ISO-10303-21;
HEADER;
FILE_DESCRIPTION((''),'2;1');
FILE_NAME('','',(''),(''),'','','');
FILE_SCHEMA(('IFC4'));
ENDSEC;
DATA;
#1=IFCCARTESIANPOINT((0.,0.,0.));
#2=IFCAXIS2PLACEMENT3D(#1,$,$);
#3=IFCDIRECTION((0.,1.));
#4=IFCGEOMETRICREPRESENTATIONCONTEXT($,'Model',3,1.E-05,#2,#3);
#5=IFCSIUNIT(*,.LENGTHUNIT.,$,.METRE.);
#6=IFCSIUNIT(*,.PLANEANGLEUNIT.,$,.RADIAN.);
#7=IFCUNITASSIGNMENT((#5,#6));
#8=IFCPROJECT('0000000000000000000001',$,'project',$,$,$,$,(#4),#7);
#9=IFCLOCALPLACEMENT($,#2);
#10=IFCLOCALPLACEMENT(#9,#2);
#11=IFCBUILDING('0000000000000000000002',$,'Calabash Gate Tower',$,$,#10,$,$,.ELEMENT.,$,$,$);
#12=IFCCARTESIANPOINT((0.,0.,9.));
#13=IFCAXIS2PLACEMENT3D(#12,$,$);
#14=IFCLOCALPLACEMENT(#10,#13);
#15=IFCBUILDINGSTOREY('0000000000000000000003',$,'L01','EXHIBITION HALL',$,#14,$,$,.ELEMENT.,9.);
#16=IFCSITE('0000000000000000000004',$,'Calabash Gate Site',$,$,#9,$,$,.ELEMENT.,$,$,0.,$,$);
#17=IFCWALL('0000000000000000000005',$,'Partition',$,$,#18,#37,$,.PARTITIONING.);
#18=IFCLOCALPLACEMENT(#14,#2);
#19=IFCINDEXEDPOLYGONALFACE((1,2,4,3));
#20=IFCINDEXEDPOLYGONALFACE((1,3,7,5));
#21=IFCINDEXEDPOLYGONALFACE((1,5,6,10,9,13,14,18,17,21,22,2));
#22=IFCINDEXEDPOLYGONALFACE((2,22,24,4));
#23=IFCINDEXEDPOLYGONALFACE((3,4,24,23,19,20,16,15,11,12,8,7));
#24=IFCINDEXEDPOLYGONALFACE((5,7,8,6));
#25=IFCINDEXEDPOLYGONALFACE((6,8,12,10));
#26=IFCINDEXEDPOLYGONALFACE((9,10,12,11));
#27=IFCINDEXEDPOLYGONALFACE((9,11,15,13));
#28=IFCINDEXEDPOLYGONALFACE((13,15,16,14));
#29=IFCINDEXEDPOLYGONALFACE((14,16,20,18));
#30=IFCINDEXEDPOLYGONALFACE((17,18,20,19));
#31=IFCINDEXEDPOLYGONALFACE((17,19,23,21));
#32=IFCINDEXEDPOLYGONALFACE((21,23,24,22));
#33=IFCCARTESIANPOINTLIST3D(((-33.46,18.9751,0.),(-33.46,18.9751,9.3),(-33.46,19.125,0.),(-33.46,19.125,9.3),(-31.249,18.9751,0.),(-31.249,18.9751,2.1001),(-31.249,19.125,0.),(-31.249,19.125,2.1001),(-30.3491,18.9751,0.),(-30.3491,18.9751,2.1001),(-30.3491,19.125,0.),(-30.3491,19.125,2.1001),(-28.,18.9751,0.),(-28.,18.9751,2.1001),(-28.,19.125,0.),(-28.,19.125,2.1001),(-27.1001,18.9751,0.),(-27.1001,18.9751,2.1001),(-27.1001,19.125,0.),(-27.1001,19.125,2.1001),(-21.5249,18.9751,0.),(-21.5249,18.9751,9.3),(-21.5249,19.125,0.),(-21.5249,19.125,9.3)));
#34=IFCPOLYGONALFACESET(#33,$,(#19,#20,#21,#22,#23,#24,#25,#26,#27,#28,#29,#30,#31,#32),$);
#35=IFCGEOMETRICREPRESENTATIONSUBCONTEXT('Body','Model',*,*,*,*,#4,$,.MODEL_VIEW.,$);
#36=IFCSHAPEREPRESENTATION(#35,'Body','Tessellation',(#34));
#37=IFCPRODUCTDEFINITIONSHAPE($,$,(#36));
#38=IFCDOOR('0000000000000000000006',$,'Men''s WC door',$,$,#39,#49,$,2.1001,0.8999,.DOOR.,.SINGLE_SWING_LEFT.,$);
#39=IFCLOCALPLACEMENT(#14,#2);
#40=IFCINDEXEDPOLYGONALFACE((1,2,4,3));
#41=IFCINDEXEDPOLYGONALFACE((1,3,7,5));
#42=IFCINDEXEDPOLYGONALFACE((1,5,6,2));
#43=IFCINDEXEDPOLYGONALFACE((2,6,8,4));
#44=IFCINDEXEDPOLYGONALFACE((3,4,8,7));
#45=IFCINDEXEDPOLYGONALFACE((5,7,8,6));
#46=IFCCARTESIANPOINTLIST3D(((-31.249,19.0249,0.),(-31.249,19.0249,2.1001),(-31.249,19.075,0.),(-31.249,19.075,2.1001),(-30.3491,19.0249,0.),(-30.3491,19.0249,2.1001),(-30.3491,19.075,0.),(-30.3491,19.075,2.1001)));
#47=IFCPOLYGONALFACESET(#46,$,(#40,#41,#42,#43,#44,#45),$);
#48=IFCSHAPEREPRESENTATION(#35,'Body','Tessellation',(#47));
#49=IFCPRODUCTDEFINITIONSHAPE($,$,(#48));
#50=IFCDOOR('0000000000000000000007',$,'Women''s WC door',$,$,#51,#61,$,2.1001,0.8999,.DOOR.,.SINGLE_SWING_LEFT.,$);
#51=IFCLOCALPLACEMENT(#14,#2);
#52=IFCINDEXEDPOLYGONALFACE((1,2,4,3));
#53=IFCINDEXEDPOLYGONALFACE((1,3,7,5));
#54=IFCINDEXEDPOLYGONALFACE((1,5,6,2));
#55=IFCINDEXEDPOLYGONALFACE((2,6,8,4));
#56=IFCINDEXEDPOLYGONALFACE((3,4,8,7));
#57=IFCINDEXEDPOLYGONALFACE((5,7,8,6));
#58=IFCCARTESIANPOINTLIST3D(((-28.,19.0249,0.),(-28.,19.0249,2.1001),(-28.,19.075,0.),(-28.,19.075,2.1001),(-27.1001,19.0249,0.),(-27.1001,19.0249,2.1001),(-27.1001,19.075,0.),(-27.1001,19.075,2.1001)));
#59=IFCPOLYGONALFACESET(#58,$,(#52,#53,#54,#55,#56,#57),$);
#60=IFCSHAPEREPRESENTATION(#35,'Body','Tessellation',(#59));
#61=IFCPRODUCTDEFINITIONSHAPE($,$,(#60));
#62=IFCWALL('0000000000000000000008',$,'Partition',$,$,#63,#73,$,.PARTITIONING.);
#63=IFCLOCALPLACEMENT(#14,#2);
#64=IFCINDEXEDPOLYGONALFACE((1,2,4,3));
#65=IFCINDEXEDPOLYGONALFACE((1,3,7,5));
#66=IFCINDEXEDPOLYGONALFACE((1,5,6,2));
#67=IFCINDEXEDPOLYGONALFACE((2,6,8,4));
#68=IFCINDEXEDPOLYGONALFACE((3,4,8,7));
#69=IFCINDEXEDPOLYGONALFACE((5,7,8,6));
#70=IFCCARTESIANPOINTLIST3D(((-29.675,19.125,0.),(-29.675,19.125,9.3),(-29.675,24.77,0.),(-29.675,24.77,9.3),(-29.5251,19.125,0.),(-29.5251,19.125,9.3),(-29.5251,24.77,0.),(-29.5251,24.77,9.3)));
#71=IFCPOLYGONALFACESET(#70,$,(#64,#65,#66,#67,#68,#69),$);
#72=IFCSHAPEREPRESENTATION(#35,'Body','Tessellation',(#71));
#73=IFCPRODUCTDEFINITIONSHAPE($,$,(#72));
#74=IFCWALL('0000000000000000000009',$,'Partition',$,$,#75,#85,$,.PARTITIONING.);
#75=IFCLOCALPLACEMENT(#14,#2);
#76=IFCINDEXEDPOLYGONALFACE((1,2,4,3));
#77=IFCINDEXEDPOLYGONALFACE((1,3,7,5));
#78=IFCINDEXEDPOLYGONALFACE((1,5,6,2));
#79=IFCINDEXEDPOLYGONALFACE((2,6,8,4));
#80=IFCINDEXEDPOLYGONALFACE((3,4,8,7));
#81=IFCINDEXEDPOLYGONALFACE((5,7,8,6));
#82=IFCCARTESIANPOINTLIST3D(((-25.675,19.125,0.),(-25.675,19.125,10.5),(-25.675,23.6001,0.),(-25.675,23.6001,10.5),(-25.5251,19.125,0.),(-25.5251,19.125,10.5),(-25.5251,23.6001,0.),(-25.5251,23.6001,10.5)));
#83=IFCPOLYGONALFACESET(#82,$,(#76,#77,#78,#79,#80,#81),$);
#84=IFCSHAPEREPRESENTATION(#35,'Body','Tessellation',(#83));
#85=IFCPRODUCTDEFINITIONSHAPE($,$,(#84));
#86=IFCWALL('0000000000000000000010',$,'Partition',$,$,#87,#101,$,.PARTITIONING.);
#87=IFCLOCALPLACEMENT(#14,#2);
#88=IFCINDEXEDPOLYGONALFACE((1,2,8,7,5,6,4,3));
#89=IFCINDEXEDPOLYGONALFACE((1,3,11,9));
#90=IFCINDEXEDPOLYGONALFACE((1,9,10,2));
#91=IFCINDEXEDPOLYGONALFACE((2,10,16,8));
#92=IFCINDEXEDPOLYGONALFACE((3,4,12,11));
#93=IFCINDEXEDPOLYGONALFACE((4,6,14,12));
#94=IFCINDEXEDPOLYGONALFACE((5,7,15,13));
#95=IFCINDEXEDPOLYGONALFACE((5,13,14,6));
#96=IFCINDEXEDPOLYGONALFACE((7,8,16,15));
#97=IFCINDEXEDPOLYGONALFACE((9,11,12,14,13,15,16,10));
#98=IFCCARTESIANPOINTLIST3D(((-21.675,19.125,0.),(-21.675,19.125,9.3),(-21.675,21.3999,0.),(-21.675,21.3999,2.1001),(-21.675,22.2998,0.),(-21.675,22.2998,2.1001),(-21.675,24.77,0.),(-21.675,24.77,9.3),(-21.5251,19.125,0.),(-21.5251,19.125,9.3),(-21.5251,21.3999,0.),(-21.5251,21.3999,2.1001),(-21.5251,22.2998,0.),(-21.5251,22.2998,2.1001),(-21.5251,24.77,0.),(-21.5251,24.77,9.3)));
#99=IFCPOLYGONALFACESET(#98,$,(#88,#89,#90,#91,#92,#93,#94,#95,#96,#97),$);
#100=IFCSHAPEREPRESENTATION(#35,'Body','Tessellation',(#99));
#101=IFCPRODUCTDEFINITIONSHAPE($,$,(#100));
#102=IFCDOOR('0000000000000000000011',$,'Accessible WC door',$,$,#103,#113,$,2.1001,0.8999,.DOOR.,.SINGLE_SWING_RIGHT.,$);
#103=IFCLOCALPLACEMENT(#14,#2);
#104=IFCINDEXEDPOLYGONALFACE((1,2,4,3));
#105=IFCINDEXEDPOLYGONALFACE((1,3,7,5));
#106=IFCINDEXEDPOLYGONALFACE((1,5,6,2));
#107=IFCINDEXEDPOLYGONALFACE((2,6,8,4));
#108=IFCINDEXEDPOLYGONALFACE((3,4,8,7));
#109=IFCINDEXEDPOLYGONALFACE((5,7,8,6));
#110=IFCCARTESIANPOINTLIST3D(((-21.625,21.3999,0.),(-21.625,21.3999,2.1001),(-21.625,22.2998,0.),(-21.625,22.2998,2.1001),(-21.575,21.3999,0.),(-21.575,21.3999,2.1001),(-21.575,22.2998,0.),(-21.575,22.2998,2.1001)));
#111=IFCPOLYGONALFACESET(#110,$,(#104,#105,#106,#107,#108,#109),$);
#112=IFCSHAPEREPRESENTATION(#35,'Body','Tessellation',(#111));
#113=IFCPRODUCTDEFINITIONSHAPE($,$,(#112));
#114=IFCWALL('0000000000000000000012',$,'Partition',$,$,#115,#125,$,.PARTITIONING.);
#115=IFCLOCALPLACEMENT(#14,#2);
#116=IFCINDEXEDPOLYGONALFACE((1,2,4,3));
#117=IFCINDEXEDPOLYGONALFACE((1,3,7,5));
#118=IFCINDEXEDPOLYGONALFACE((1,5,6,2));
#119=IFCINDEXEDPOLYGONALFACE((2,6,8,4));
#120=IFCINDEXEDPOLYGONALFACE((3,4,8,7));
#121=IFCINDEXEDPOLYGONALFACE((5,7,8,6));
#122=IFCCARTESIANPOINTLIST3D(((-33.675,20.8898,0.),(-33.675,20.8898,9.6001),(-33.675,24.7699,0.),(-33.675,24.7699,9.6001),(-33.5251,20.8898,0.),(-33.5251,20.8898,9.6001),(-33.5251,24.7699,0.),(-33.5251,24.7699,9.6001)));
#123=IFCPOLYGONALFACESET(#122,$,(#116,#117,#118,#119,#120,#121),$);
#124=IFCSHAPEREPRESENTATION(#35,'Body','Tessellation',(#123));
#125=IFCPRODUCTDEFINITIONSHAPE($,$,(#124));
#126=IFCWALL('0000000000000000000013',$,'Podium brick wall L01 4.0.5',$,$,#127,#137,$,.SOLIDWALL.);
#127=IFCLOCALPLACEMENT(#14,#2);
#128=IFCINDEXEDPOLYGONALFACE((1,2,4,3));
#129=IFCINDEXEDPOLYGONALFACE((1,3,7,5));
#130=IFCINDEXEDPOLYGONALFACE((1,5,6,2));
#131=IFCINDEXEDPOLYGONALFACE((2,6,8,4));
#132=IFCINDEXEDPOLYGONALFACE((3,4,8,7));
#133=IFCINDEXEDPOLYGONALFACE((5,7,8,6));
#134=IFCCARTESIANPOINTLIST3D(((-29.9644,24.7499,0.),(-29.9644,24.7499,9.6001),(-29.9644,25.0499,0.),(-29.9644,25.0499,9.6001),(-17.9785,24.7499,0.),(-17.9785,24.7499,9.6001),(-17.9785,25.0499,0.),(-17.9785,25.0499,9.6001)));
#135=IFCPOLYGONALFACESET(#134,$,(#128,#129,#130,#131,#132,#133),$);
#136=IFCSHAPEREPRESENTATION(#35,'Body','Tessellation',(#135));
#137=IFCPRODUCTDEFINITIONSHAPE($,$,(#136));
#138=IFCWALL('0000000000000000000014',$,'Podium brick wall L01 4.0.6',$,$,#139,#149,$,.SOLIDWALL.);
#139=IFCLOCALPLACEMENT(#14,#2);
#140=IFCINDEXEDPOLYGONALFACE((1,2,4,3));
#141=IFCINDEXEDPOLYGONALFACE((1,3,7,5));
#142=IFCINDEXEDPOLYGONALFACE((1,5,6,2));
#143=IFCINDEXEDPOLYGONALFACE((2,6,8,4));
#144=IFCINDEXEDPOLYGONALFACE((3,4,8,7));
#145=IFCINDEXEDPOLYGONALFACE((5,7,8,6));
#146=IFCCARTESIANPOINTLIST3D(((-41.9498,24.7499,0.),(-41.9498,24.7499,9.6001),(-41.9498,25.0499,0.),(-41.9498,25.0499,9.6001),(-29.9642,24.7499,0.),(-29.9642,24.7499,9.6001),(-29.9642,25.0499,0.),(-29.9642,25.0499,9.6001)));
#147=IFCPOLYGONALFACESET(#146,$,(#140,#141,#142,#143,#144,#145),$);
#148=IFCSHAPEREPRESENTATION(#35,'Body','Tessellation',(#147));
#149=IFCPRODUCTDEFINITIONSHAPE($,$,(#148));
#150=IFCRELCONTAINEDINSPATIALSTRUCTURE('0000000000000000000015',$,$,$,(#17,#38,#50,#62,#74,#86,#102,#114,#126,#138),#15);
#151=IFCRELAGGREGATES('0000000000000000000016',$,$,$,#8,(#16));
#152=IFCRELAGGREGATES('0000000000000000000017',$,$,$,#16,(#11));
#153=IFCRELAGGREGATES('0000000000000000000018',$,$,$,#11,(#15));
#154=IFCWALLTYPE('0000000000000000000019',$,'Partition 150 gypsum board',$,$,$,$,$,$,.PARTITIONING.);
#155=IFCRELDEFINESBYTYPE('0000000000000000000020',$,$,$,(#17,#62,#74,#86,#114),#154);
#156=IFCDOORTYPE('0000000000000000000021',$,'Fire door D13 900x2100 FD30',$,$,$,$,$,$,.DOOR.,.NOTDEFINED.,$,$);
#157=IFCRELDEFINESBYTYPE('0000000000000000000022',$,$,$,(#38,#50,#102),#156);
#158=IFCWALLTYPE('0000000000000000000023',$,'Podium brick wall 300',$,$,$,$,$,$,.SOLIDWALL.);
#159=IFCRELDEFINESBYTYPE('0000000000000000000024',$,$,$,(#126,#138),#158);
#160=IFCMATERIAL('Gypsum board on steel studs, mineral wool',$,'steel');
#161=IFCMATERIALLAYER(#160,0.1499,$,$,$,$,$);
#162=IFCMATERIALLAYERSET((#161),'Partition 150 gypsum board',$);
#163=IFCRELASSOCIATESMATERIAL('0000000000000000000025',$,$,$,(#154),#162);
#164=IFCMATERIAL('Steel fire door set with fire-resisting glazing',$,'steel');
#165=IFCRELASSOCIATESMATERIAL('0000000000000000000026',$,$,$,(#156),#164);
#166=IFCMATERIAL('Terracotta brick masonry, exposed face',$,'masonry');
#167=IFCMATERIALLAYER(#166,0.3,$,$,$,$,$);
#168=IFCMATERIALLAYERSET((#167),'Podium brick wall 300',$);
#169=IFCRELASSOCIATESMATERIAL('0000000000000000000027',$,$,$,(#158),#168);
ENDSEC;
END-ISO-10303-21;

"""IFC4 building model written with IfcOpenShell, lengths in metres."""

from ifc_helpers import new_model, si_unit, direction, frame, frame_2d, origin, place, context, subcontext, project, spatial, rectangle, extrude, material, layer, layer_set, type_object, element, fill, save


model = new_model("IFC4")

# Units and contexts
model_context = context("Model", 3, precision=1e-05, world=origin(), true_north=direction((0.0, 1.0)))
body_context = subcontext(model_context, "Body", "Model", "MODEL_VIEW")
ifc_project = project(units=[si_unit("LENGTHUNIT", "METRE"), si_unit("PLANEANGLEUNIT", "RADIAN")], contexts=[model_context])

# Site, building, storey
site_placement = place(None, origin())
site = spatial("IfcSite", under=ifc_project, at=site_placement, Name="Calabash Gate Site", CompositionType="ELEMENT", RefElevation=0.0)
building_placement = place(site_placement, origin())
building = spatial("IfcBuilding", under=site, at=building_placement, Name="Calabash Gate Tower", CompositionType="ELEMENT")
storey_placement = place(building_placement, frame((0.0, 0.0, 9.0)))
storey = spatial("IfcBuildingStorey", under=building, at=storey_placement, Name="L01", Description="EXHIBITION HALL", CompositionType="ELEMENT", Elevation=9.0)

# Wall, openings, doors
ifc_material_1 = material(Name="Gypsum board on steel studs, mineral wool", Category="steel")
ifc_layer_1 = layer(ifc_material_1, 0.1499)
ifc_layer_set_1 = layer_set([ifc_layer_1], Name="Partition 150 gypsum board")
wall_type_1 = type_object("IfcWallType", Name="Partition 150 gypsum board", PredefinedType="PARTITIONING", material=ifc_layer_set_1)
wall_1_placement = place(storey_placement, frame((-33.46, 19.05, 0.0), z_axis=(0.0, 0.0, 1.0), x_axis=(1.0, 0.0, 0.0)))
wall_1 = element("IfcWall", 1, at=wall_1_placement, inside=storey, type_object=wall_type_1, Name="Partition", PredefinedType="PARTITIONING", context=body_context, shape_type="SweptSolid", body=[
    extrude(rectangle(XDim=11.9351, YDim=0.1499, at=frame_2d((5.9675, 0.0))), origin(), (0.0, 0.0, 1.0), 9.3),
])
opening_1_placement = place(wall_1_placement, frame((2.2109, 0.0, 0.0)))
opening_1 = element("IfcOpeningElement", 2, at=opening_1_placement, cuts=wall_1, PredefinedType="OPENING", context=body_context, shape_type="SweptSolid", body=[
    extrude(rectangle(XDim=0.8999, YDim=2.1001, at=frame_2d((0.45, 1.05))), frame((0.0, 0.085, 0.0), z_axis=(0.0, -1.0, 0.0), x_axis=(1.0, 0.0, 0.0)), (0.0, 0.0, 1.0), 0.1699),
])
opening_2_placement = place(wall_1_placement, frame((5.46, 0.0, 0.0)))
opening_2 = element("IfcOpeningElement", 3, at=opening_2_placement, cuts=wall_1, PredefinedType="OPENING", context=body_context, shape_type="SweptSolid", body=[
    extrude(rectangle(XDim=0.8999, YDim=2.1001, at=frame_2d((0.45, 1.05))), frame((0.0, 0.085, 0.0), z_axis=(0.0, -1.0, 0.0), x_axis=(1.0, 0.0, 0.0)), (0.0, 0.0, 1.0), 0.1699),
])
ifc_material_2 = material(Name="Steel fire door set with fire-resisting glazing", Category="steel")
door_type = type_object("IfcDoorType", Name="Fire door D13 900x2100 FD30", OperationType="NOTDEFINED", PredefinedType="DOOR", material=ifc_material_2)
door_1_placement = place(opening_1_placement, origin())
door_1 = element("IfcDoor", 4, at=door_1_placement, inside=storey, type_object=door_type, Name="Men's WC door", OperationType="SINGLE_SWING_LEFT", OverallHeight=2.1001, OverallWidth=0.8999, PredefinedType="DOOR", context=body_context, shape_type="SweptSolid", body=[
    extrude(rectangle(XDim=0.8999, YDim=2.1001, at=frame_2d((0.45, 1.05))), frame((0.0, 0.0249, 0.0), z_axis=(0.0, -1.0, 0.0), x_axis=(1.0, 0.0, 0.0)), (0.0, 0.0, 1.0), 0.05),
])
fill(opening_1, door_1)
door_2_placement = place(opening_2_placement, origin())
door_2 = element("IfcDoor", 5, at=door_2_placement, inside=storey, type_object=door_type, Name="Women's WC door", OperationType="SINGLE_SWING_LEFT", OverallHeight=2.1001, OverallWidth=0.8999, PredefinedType="DOOR", context=body_context, shape_type="SweptSolid", body=[
    extrude(rectangle(XDim=0.8999, YDim=2.1001, at=frame_2d((0.45, 1.05))), frame((0.0, 0.0249, 0.0), z_axis=(0.0, -1.0, 0.0), x_axis=(1.0, 0.0, 0.0)), (0.0, 0.0, 1.0), 0.05),
])
fill(opening_2, door_2)

# Walls
wall_2_placement = place(storey_placement, frame((-29.6001, 19.125, 0.0), z_axis=(0.0, 0.0, 1.0), x_axis=(0.0, 1.0, 0.0)))
element("IfcWall", 6, at=wall_2_placement, inside=storey, type_object=wall_type_1, Name="Partition", PredefinedType="PARTITIONING", context=body_context, shape_type="SweptSolid", body=[
    extrude(rectangle(XDim=5.645, YDim=0.1499, at=frame_2d((2.8225, 0.0))), origin(), (0.0, 0.0, 1.0), 9.3),
])
wall_3_placement = place(storey_placement, frame((-25.6001, 19.125, 0.0), z_axis=(0.0, 0.0, 1.0), x_axis=(0.0, 1.0, 0.0)))
element("IfcWall", 7, at=wall_3_placement, inside=storey, type_object=wall_type_1, Name="Partition", PredefinedType="PARTITIONING", context=body_context, shape_type="SweptSolid", body=[
    extrude(rectangle(XDim=4.4751, YDim=0.1499, at=frame_2d((2.2375, 0.0))), origin(), (0.0, 0.0, 1.0), 10.5),
])

# Wall, opening, door
wall_4_placement = place(storey_placement, frame((-21.6001, 19.125, 0.0), z_axis=(0.0, 0.0, 1.0), x_axis=(0.0, 1.0, 0.0)))
wall_4 = element("IfcWall", 8, at=wall_4_placement, inside=storey, type_object=wall_type_1, Name="Partition", PredefinedType="PARTITIONING", context=body_context, shape_type="SweptSolid", body=[
    extrude(rectangle(XDim=5.645, YDim=0.1499, at=frame_2d((2.8225, 0.0))), origin(), (0.0, 0.0, 1.0), 9.3),
])
opening_3_placement = place(wall_4_placement, frame((2.2749, 0.0, 0.0)))
opening_3 = element("IfcOpeningElement", 9, at=opening_3_placement, cuts=wall_4, PredefinedType="OPENING", context=body_context, shape_type="SweptSolid", body=[
    extrude(rectangle(XDim=0.8999, YDim=2.1001, at=frame_2d((0.45, 1.05))), frame((0.0, 0.085, 0.0), z_axis=(0.0, -1.0, 0.0), x_axis=(1.0, 0.0, 0.0)), (0.0, 0.0, 1.0), 0.1699),
])
door_3_placement = place(opening_3_placement, origin())
door_3 = element("IfcDoor", 10, at=door_3_placement, inside=storey, type_object=door_type, Name="Accessible WC door", OperationType="SINGLE_SWING_RIGHT", OverallHeight=2.1001, OverallWidth=0.8999, PredefinedType="DOOR", context=body_context, shape_type="SweptSolid", body=[
    extrude(rectangle(XDim=0.8999, YDim=2.1001, at=frame_2d((0.45, 1.05))), frame((0.0, 0.0249, 0.0), z_axis=(0.0, -1.0, 0.0), x_axis=(1.0, 0.0, 0.0)), (0.0, 0.0, 1.0), 0.05),
])
fill(opening_3, door_3)

# Walls
wall_5_placement = place(storey_placement, frame((-33.6001, 20.8899, 0.0), z_axis=(0.0, 0.0, 1.0), x_axis=(0.0, 1.0, 0.0)))
element("IfcWall", 11, at=wall_5_placement, inside=storey, type_object=wall_type_1, Name="Partition", PredefinedType="PARTITIONING", context=body_context, shape_type="SweptSolid", body=[
    extrude(rectangle(XDim=3.8801, YDim=0.1499, at=frame_2d((1.9399, 0.0))), origin(), (0.0, 0.0, 1.0), 9.6001),
])
ifc_material_3 = material(Name="Terracotta brick masonry, exposed face", Category="masonry")
ifc_layer_2 = layer(ifc_material_3, 0.3)
ifc_layer_set_2 = layer_set([ifc_layer_2], Name="Podium brick wall 300")
wall_type_2 = type_object("IfcWallType", Name="Podium brick wall 300", PredefinedType="SOLIDWALL", material=ifc_layer_set_2)
wall_6_placement = place(storey_placement, frame((-17.9785, 24.8999, 0.0), z_axis=(0.0, 0.0, 1.0), x_axis=(-1.0, 0.0, 0.0)))
element("IfcWall", 12, at=wall_6_placement, inside=storey, type_object=wall_type_2, Name="Podium brick wall L01 4.0.5", PredefinedType="SOLIDWALL", context=body_context, shape_type="SweptSolid", body=[
    extrude(rectangle(XDim=11.9858, YDim=0.3, at=frame_2d((5.9929, 0.0))), origin(), (0.0, 0.0, 1.0), 9.6001),
])
wall_7_placement = place(storey_placement, frame((-29.9644, 24.8999, 0.0), z_axis=(0.0, 0.0, 1.0), x_axis=(-1.0, 0.0, 0.0)))
element("IfcWall", 13, at=wall_7_placement, inside=storey, type_object=wall_type_2, Name="Podium brick wall L01 4.0.6", PredefinedType="SOLIDWALL", context=body_context, shape_type="SweptSolid", body=[
    extrude(rectangle(XDim=11.9856, YDim=0.3, at=frame_2d((5.9927, 0.0))), origin(), (0.0, 0.0, 1.0), 9.6001),
])

save(model, "model.ifc")
